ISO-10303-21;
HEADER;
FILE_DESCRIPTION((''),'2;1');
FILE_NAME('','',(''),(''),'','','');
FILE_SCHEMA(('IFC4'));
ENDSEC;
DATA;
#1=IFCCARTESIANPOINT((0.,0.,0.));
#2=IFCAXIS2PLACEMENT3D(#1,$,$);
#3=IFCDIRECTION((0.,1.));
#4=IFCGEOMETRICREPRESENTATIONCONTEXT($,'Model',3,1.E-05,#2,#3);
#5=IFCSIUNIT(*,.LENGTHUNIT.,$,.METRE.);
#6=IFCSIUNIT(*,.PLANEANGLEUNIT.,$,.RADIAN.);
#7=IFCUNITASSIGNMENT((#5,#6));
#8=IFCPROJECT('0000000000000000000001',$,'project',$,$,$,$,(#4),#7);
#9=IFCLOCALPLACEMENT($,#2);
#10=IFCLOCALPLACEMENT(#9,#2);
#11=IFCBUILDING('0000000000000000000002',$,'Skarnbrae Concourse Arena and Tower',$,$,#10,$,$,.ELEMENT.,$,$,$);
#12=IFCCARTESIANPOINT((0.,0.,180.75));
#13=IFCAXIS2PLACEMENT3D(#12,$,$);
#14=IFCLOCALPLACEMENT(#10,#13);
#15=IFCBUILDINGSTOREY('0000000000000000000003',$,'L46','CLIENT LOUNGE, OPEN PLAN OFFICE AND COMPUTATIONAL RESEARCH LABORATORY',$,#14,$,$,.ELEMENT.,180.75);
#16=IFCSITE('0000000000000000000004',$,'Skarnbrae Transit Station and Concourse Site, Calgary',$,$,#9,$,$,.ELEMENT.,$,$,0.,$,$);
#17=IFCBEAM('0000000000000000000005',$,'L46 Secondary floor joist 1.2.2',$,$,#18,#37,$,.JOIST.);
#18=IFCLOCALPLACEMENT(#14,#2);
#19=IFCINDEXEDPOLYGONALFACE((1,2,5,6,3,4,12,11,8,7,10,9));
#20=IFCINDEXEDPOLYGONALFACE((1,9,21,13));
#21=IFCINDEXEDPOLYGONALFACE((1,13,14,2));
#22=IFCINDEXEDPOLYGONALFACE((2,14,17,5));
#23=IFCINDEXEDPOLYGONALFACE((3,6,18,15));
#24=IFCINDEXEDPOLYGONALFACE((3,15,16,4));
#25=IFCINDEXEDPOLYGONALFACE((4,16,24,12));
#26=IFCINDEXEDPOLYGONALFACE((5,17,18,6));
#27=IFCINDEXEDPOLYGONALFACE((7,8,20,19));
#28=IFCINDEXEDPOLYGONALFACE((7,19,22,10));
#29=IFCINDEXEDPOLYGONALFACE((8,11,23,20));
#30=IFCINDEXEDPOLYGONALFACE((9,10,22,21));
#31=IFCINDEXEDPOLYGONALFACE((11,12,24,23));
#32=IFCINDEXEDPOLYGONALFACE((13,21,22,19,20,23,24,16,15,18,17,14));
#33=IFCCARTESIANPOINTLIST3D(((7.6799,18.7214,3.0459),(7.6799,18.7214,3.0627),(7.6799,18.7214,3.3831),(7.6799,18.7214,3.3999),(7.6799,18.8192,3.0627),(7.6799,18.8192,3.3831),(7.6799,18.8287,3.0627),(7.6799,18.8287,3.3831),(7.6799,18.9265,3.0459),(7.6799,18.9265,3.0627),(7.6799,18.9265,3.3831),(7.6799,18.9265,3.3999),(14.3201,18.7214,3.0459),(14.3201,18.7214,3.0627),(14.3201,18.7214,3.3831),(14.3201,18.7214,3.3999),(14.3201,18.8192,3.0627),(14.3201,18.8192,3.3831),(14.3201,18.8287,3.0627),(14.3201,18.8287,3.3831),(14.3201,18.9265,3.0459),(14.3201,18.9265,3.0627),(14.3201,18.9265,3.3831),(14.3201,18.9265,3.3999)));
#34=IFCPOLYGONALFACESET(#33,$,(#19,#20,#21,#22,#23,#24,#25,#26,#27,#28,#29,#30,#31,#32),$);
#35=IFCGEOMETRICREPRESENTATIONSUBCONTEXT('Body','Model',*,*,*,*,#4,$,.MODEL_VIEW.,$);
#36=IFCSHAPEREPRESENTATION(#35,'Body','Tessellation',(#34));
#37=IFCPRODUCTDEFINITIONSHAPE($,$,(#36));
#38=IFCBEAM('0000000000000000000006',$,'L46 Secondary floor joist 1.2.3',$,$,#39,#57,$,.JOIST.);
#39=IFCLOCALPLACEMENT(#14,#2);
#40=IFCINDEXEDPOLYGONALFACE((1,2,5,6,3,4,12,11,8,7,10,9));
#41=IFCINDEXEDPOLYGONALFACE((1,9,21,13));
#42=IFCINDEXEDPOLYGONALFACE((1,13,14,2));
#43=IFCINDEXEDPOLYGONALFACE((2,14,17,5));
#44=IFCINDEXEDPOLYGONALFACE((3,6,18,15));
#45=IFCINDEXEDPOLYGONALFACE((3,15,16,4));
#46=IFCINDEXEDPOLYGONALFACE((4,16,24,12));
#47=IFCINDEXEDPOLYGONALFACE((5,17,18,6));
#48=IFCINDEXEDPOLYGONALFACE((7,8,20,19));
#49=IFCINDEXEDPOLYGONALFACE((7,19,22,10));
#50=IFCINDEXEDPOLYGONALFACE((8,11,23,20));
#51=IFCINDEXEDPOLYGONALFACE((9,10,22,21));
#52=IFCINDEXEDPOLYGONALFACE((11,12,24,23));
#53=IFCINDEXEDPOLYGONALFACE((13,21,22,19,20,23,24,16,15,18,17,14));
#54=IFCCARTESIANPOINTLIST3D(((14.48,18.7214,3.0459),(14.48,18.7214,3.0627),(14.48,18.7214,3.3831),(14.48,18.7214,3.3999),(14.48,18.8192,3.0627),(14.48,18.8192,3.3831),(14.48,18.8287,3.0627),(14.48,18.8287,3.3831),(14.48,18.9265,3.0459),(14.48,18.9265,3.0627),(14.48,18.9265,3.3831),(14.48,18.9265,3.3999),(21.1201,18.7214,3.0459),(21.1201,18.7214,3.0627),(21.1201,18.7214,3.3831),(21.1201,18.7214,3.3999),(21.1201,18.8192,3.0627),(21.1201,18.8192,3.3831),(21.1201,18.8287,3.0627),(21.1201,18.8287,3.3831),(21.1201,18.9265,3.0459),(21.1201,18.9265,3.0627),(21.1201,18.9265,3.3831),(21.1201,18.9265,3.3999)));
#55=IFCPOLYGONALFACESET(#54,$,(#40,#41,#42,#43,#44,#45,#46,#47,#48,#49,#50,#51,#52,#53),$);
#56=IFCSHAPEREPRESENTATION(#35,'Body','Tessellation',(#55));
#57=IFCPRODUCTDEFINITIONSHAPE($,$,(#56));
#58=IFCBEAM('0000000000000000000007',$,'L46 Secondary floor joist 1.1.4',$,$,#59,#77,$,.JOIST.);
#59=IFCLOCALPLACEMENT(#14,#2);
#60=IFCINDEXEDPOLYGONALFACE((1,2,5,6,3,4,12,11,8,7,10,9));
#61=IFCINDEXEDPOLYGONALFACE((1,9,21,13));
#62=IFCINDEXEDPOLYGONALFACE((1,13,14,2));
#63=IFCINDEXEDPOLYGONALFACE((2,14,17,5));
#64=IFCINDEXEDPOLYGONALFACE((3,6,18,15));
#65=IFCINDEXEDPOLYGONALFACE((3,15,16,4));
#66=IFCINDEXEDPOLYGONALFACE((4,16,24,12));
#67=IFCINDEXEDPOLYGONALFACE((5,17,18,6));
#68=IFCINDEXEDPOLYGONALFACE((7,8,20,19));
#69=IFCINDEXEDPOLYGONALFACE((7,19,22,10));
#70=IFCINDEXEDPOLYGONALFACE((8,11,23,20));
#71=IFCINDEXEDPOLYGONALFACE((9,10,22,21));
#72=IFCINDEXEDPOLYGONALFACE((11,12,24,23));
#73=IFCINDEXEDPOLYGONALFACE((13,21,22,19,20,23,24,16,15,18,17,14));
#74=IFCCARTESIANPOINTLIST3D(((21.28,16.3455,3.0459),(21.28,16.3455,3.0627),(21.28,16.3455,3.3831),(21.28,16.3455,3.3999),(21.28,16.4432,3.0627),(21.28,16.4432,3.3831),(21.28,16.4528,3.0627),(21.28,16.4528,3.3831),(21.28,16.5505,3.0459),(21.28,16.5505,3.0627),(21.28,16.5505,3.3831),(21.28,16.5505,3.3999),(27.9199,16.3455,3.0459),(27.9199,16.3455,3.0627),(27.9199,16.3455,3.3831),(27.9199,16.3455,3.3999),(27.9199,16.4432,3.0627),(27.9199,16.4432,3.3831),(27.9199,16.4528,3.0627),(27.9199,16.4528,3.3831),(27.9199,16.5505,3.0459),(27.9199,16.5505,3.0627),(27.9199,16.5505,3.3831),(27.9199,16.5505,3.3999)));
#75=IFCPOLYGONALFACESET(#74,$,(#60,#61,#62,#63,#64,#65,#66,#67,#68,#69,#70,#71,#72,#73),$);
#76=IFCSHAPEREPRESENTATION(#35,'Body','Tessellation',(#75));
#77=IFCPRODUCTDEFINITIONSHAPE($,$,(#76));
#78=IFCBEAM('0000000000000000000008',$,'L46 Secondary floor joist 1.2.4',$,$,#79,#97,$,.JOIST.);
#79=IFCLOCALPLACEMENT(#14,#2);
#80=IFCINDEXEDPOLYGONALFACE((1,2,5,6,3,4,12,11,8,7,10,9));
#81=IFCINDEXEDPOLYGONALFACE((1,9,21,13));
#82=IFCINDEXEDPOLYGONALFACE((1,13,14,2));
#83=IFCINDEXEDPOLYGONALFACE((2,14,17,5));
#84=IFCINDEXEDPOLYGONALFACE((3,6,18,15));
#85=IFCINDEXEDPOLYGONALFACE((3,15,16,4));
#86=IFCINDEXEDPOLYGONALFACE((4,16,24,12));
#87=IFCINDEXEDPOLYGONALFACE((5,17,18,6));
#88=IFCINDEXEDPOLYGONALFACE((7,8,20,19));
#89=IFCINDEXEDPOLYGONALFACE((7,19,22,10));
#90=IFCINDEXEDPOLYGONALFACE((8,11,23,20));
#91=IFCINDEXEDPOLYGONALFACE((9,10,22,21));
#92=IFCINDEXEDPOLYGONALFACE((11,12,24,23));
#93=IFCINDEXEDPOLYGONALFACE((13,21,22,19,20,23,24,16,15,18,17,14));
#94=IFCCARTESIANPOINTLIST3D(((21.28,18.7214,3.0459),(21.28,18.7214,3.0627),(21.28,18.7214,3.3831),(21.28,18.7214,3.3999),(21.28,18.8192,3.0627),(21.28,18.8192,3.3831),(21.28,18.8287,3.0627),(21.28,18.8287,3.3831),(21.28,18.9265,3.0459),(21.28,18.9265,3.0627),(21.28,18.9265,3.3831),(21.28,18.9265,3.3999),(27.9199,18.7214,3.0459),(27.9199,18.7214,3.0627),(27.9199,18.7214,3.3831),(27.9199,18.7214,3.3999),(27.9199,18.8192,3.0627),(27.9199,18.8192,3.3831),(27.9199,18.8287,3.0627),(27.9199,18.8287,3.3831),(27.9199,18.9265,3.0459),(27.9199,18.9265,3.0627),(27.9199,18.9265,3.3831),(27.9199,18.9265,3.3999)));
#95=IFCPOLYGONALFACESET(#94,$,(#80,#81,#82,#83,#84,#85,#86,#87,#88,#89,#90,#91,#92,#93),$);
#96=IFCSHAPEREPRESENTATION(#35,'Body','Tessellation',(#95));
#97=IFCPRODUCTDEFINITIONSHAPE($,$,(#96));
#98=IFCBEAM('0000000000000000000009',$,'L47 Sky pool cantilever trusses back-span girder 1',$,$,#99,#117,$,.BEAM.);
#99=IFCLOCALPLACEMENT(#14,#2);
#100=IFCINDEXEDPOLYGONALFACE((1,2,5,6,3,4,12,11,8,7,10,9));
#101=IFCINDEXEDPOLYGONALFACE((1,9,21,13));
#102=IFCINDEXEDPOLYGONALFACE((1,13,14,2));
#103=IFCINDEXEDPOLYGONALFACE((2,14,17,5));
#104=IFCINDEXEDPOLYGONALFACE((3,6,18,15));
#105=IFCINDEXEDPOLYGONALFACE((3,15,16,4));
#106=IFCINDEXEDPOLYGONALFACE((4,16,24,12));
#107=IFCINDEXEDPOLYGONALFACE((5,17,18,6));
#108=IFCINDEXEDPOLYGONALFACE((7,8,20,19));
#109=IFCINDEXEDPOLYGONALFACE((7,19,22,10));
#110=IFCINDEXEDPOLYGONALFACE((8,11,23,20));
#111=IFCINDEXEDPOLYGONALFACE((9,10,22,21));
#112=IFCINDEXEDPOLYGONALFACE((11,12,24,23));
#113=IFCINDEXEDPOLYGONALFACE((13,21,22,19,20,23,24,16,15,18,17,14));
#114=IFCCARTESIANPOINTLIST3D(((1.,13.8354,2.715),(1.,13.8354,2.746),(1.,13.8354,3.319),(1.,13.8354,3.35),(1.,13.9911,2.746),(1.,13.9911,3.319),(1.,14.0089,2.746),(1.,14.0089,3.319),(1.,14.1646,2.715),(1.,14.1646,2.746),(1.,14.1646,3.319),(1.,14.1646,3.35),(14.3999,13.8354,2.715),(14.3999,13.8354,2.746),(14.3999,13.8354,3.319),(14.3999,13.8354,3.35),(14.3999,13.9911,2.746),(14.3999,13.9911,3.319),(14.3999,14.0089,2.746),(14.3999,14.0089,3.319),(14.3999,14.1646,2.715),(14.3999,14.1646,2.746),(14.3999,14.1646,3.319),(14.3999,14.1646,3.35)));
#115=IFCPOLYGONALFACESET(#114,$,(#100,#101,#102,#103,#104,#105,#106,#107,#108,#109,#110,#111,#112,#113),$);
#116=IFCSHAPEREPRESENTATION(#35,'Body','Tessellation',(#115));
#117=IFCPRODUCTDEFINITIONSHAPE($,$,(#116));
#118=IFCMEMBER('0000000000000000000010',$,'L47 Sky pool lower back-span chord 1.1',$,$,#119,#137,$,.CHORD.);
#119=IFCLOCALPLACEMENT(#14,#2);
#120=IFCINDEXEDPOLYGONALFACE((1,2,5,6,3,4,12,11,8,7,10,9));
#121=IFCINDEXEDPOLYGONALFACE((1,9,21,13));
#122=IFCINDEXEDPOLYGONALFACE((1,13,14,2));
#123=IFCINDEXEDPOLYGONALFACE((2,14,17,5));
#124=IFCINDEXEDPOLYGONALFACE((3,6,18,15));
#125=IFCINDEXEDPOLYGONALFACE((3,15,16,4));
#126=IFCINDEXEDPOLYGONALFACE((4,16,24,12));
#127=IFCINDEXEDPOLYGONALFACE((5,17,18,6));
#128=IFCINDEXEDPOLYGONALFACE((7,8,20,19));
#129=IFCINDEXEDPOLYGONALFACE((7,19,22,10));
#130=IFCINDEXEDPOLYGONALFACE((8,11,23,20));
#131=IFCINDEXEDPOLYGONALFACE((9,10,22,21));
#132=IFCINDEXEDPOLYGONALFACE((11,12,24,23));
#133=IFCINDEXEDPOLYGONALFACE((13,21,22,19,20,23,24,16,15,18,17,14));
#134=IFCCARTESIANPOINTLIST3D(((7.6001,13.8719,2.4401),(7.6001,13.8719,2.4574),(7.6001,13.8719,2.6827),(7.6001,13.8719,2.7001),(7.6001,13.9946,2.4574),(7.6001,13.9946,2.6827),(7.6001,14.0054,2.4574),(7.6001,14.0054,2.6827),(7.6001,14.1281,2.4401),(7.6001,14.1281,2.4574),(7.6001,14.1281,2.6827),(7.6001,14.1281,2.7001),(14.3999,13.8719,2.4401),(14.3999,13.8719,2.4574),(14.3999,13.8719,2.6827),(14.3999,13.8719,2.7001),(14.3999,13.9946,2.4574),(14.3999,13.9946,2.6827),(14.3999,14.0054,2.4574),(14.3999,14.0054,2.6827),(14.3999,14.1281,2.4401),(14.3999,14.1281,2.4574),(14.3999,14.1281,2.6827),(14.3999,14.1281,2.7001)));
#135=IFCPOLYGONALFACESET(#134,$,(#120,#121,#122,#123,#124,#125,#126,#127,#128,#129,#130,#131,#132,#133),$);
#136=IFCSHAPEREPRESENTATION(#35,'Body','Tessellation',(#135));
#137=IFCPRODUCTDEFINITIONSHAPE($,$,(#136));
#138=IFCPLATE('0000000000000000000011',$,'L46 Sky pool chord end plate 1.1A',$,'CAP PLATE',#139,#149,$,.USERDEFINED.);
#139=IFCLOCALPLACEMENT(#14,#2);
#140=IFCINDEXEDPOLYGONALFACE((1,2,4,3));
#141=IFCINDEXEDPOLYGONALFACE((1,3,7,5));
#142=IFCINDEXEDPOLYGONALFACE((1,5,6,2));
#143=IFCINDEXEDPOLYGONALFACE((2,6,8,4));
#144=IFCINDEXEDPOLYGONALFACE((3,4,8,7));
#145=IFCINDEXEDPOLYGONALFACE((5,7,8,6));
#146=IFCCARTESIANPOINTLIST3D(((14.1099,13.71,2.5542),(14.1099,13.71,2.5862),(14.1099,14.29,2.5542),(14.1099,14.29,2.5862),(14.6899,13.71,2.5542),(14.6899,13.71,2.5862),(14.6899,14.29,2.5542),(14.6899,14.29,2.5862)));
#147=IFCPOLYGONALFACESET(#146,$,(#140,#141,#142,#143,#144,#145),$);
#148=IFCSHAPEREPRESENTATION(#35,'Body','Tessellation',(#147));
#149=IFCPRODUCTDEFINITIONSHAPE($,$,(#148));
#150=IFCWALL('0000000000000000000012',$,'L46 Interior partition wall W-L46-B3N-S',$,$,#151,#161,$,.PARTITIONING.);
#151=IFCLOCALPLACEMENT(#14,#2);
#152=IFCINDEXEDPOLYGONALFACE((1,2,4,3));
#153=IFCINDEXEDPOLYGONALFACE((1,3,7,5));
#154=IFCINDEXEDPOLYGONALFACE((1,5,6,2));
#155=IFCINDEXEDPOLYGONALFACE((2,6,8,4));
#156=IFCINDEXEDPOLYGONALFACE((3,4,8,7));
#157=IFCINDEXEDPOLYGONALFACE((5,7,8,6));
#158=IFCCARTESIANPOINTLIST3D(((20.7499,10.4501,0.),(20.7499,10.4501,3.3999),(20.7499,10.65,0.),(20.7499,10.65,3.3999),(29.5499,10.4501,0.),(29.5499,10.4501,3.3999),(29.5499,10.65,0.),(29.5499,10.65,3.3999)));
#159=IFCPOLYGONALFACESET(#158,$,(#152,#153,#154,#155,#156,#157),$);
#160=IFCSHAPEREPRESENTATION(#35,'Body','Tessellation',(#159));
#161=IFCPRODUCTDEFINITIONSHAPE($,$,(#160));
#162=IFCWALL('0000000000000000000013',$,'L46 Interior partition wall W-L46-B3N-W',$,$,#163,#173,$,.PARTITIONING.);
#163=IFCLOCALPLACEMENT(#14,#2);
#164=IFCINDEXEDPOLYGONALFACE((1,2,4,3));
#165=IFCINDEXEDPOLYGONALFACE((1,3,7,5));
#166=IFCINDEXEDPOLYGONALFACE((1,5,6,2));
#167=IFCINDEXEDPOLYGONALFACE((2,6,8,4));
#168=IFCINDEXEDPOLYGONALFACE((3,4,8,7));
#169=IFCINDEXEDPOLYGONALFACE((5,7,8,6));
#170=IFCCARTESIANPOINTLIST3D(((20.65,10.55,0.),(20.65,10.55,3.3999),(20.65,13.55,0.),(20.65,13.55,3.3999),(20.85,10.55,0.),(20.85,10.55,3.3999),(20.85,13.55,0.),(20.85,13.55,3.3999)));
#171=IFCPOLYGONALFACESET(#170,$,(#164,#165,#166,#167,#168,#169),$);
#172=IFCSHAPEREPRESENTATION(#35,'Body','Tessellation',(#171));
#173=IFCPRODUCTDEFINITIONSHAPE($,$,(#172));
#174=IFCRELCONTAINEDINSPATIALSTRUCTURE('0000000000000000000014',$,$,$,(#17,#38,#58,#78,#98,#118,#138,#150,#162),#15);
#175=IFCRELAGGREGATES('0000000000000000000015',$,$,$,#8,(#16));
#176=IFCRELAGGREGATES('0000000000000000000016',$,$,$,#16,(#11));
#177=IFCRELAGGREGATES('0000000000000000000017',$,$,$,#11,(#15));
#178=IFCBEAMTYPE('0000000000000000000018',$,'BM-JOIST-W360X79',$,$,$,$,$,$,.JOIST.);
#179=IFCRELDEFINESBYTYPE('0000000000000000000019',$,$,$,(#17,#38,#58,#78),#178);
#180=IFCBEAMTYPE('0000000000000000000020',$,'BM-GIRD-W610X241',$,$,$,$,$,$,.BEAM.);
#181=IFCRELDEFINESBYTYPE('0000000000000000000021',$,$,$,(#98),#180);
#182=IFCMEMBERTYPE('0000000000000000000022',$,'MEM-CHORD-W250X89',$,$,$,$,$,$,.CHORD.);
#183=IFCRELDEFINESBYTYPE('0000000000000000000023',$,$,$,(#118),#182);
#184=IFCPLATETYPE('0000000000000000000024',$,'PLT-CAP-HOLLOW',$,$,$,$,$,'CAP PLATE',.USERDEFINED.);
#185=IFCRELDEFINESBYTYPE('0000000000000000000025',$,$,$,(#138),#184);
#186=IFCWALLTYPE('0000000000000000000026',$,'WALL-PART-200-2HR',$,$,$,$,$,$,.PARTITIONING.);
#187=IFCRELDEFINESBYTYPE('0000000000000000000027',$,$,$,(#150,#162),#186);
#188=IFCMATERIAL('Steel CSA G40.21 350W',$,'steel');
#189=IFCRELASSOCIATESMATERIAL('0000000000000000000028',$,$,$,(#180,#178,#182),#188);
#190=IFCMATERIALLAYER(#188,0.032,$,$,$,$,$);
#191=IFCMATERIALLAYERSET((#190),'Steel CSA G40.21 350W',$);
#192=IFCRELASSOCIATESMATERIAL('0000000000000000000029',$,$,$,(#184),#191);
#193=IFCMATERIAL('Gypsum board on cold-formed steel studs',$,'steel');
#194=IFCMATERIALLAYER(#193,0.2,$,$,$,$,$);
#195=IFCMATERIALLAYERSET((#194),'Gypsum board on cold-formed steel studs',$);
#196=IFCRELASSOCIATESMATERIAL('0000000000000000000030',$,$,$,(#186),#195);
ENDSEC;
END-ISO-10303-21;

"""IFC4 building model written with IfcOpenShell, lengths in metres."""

from ifc_helpers import new_model, si_unit, direction, frame, frame_2d, origin, origin_2d, place, context, subcontext, project, spatial, rectangle, i_section, extrude, source, transform, mapped, material, layer, layer_set, material_profile, profile_set, type_object, element, save


model = new_model("IFC4")

# Units and contexts
model_context = context("Model", 3, precision=1e-05, world=origin(), true_north=direction((0.0, 1.0)))
body_context = subcontext(model_context, "Body", "Model", "MODEL_VIEW")
ifc_project = project(units=[si_unit("LENGTHUNIT", "METRE"), si_unit("PLANEANGLEUNIT", "RADIAN")], contexts=[model_context])

# Site, building, storey
site_placement = place(None, origin())
site = spatial("IfcSite", under=ifc_project, at=site_placement, Name="Skarnbrae Transit Station and Concourse Site, Calgary", CompositionType="ELEMENT", RefElevation=0.0)
building_placement = place(site_placement, origin())
building = spatial("IfcBuilding", under=site, at=building_placement, Name="Skarnbrae Concourse Arena and Tower", CompositionType="ELEMENT")
storey_placement = place(building_placement, frame((0.0, 0.0, 180.75)))
storey = spatial("IfcBuildingStorey", under=building, at=storey_placement, Name="L46", Description="CLIENT LOUNGE, OPEN PLAN OFFICE AND COMPUTATIONAL RESEARCH LABORATORY", CompositionType="ELEMENT", Elevation=180.75)

# Shared definitions
ifc_material_1 = material(Name="Steel CSA G40.21 350W", Category="steel")

# Beams
ifc_material_profile_1 = material_profile(ifc_material_1, i_section(OverallWidth=0.3291, OverallDepth=0.635, WebThickness=0.0178, FlangeThickness=0.031, at=origin_2d()), Name="W610X241")
ifc_profile_set_1 = profile_set([ifc_material_profile_1], Name="Steel CSA G40.21 350W")
beam_type_1 = type_object("IfcBeamType", Name="BM-GIRD-W610X241", PredefinedType="BEAM", material=ifc_profile_set_1)
ifc_material_profile_2 = material_profile(ifc_material_1, i_section(OverallWidth=0.2051, OverallDepth=0.354, WebThickness=0.0095, FlangeThickness=0.0168, at=origin_2d()), Name="W360X79")
ifc_profile_set_2 = profile_set([ifc_material_profile_2], Name="Steel CSA G40.21 350W")
beam_type_2 = type_object("IfcBeamType", Name="BM-JOIST-W360X79", PredefinedType="JOIST", material=ifc_profile_set_2)
shared_shape_1 = source(origin(), body_context, "Body", "SweptSolid", [
    extrude(i_section(OverallWidth=0.2051, OverallDepth=0.354, WebThickness=0.0095, FlangeThickness=0.0168, at=origin_2d()), origin(), (0.0, 0.0, 1.0), 6.6401),
])
for number, where, z_axis, x_axis, name in (
    (1, (7.6799, 18.824, 3.2229), (1.0, 0.0, 0.0), (0.0, 1.0, 0.0), "L46 Secondary floor joist 1.2.2"),
    (2, (14.48, 18.824, 3.2229), (1.0, 0.0, 0.0), (0.0, 1.0, 0.0), "L46 Secondary floor joist 1.2.3"),
):
    element("IfcBeam", number, at=place(storey_placement, frame(where, z_axis=z_axis, x_axis=x_axis)), inside=storey, type_object=beam_type_2, Name=name, PredefinedType="JOIST", context=body_context, shape_type="MappedRepresentation", body=[
        mapped(shared_shape_1, transform((0.0, 0.0, 0.0))),
    ])
shared_shape_2 = source(origin(), body_context, "Body", "SweptSolid", [
    extrude(i_section(OverallWidth=0.2051, OverallDepth=0.354, WebThickness=0.0095, FlangeThickness=0.0168, at=origin_2d()), origin(), (0.0, 0.0, 1.0), 6.6399),
])
for number, where, z_axis, x_axis, name in (
    (3, (21.28, 16.448, 3.2229), (1.0, 0.0, 0.0), (0.0, 1.0, 0.0), "L46 Secondary floor joist 1.1.4"),
    (4, (21.28, 18.824, 3.2229), (1.0, 0.0, 0.0), (0.0, 1.0, 0.0), "L46 Secondary floor joist 1.2.4"),
):
    element("IfcBeam", number, at=place(storey_placement, frame(where, z_axis=z_axis, x_axis=x_axis)), inside=storey, type_object=beam_type_2, Name=name, PredefinedType="JOIST", context=body_context, shape_type="MappedRepresentation", body=[
        mapped(shared_shape_2, transform((0.0, 0.0, 0.0))),
    ])
shared_shape_3 = source(origin(), body_context, "Body", "SweptSolid", [
    extrude(i_section(OverallWidth=0.3291, OverallDepth=0.635, WebThickness=0.0178, FlangeThickness=0.031, at=origin_2d()), origin(), (0.0, 0.0, 1.0), 13.3999),
])
beam_1_placement = place(storey_placement, frame((14.3999, 14.0, 3.0325), z_axis=(-1.0, 0.0, 0.0), x_axis=(0.0, -1.0, 0.0)))
element("IfcBeam", 5, at=beam_1_placement, inside=storey, type_object=beam_type_1, Name="L47 Sky pool cantilever trusses back-span girder 1", PredefinedType="BEAM", context=body_context, shape_type="MappedRepresentation", body=[
    mapped(shared_shape_3, transform((0.0, 0.0, 0.0))),
])

# Member
ifc_material_profile_3 = material_profile(ifc_material_1, i_section(OverallWidth=0.2561, OverallDepth=0.26, WebThickness=0.0107, FlangeThickness=0.0173, at=origin_2d()), Name="W250X89")
ifc_profile_set_3 = profile_set([ifc_material_profile_3], Name="Steel CSA G40.21 350W")
member_type = type_object("IfcMemberType", Name="MEM-CHORD-W250X89", PredefinedType="CHORD", material=ifc_profile_set_3)
shared_shape_4 = source(origin(), body_context, "Body", "SweptSolid", [
    extrude(i_section(OverallWidth=0.2561, OverallDepth=0.26, WebThickness=0.0107, FlangeThickness=0.0173, at=origin_2d()), origin(), (0.0, 0.0, 1.0), 6.7998),
])
member_placement = place(storey_placement, frame((14.3999, 14.0, 2.5701), z_axis=(-1.0, 0.0, 0.0), x_axis=(0.0, -1.0, 0.0)))
element("IfcMember", 6, at=member_placement, inside=storey, type_object=member_type, Name="L47 Sky pool lower back-span chord 1.1", PredefinedType="CHORD", context=body_context, shape_type="MappedRepresentation", body=[
    mapped(shared_shape_4, transform((0.0, 0.0, 0.0))),
])

# Plate
ifc_layer_1 = layer(ifc_material_1, 0.032)
ifc_layer_set_1 = layer_set([ifc_layer_1], Name="Steel CSA G40.21 350W")
plate_type = type_object("IfcPlateType", Name="PLT-CAP-HOLLOW", ElementType="CAP PLATE", PredefinedType="USERDEFINED", material=ifc_layer_set_1)
shared_shape_5 = source(origin(), body_context, "Body", "SweptSolid", [
    extrude(rectangle(XDim=0.5801, YDim=0.5801, at=origin_2d()), origin(), (0.0, 0.0, 1.0), 0.032),
])
plate_placement = place(storey_placement, frame((14.3999, 14.0, 2.5542), z_axis=(0.0, 0.0, 1.0), x_axis=(1.0, 0.0, 0.0)))
element("IfcPlate", 7, at=plate_placement, inside=storey, type_object=plate_type, Name="L46 Sky pool chord end plate 1.1A", ObjectType="CAP PLATE", PredefinedType="USERDEFINED", context=body_context, shape_type="MappedRepresentation", body=[
    mapped(shared_shape_5, transform((0.0, 0.0, 0.0))),
])

# Shared definitions
ifc_material_2 = material(Name="Gypsum board on cold-formed steel studs", Category="steel")
ifc_layer_2 = layer(ifc_material_2, 0.2)
ifc_layer_set_2 = layer_set([ifc_layer_2], Name="Gypsum board on cold-formed steel studs")
wall_type_1 = type_object("IfcWallType", Name="WALL-PART-200-2HR", PredefinedType="PARTITIONING", material=ifc_layer_set_2)

# Walls
shared_shape_6 = source(origin(), body_context, "Body", "SweptSolid", [
    extrude(rectangle(XDim=8.8, YDim=0.2, at=frame_2d((4.3999, 0.0))), origin(), (0.0, 0.0, 1.0), 3.3999),
])
wall_1_placement = place(storey_placement, frame((20.75, 10.55, 0.0), z_axis=(0.0, 0.0, 1.0), x_axis=(1.0, 0.0, 0.0)))
element("IfcWall", 8, at=wall_1_placement, inside=storey, type_object=wall_type_1, Name="L46 Interior partition wall W-L46-B3N-S", PredefinedType="PARTITIONING", context=body_context, shape_type="MappedRepresentation", body=[
    mapped(shared_shape_6, transform((0.0, 0.0, 0.0))),
])
shared_shape_7 = source(origin(), body_context, "Body", "SweptSolid", [
    extrude(rectangle(XDim=3.0, YDim=0.2, at=frame_2d((1.5, 0.0))), origin(), (0.0, 0.0, 1.0), 3.3999),
])
wall_2_placement = place(storey_placement, frame((20.75, 10.55, 0.0), z_axis=(0.0, 0.0, 1.0), x_axis=(0.0, 1.0, 0.0)))
element("IfcWall", 9, at=wall_2_placement, inside=storey, type_object=wall_type_1, Name="L46 Interior partition wall W-L46-B3N-W", PredefinedType="PARTITIONING", context=body_context, shape_type="MappedRepresentation", body=[
    mapped(shared_shape_7, transform((0.0, 0.0, 0.0))),
])

save(model, "model.ifc")
